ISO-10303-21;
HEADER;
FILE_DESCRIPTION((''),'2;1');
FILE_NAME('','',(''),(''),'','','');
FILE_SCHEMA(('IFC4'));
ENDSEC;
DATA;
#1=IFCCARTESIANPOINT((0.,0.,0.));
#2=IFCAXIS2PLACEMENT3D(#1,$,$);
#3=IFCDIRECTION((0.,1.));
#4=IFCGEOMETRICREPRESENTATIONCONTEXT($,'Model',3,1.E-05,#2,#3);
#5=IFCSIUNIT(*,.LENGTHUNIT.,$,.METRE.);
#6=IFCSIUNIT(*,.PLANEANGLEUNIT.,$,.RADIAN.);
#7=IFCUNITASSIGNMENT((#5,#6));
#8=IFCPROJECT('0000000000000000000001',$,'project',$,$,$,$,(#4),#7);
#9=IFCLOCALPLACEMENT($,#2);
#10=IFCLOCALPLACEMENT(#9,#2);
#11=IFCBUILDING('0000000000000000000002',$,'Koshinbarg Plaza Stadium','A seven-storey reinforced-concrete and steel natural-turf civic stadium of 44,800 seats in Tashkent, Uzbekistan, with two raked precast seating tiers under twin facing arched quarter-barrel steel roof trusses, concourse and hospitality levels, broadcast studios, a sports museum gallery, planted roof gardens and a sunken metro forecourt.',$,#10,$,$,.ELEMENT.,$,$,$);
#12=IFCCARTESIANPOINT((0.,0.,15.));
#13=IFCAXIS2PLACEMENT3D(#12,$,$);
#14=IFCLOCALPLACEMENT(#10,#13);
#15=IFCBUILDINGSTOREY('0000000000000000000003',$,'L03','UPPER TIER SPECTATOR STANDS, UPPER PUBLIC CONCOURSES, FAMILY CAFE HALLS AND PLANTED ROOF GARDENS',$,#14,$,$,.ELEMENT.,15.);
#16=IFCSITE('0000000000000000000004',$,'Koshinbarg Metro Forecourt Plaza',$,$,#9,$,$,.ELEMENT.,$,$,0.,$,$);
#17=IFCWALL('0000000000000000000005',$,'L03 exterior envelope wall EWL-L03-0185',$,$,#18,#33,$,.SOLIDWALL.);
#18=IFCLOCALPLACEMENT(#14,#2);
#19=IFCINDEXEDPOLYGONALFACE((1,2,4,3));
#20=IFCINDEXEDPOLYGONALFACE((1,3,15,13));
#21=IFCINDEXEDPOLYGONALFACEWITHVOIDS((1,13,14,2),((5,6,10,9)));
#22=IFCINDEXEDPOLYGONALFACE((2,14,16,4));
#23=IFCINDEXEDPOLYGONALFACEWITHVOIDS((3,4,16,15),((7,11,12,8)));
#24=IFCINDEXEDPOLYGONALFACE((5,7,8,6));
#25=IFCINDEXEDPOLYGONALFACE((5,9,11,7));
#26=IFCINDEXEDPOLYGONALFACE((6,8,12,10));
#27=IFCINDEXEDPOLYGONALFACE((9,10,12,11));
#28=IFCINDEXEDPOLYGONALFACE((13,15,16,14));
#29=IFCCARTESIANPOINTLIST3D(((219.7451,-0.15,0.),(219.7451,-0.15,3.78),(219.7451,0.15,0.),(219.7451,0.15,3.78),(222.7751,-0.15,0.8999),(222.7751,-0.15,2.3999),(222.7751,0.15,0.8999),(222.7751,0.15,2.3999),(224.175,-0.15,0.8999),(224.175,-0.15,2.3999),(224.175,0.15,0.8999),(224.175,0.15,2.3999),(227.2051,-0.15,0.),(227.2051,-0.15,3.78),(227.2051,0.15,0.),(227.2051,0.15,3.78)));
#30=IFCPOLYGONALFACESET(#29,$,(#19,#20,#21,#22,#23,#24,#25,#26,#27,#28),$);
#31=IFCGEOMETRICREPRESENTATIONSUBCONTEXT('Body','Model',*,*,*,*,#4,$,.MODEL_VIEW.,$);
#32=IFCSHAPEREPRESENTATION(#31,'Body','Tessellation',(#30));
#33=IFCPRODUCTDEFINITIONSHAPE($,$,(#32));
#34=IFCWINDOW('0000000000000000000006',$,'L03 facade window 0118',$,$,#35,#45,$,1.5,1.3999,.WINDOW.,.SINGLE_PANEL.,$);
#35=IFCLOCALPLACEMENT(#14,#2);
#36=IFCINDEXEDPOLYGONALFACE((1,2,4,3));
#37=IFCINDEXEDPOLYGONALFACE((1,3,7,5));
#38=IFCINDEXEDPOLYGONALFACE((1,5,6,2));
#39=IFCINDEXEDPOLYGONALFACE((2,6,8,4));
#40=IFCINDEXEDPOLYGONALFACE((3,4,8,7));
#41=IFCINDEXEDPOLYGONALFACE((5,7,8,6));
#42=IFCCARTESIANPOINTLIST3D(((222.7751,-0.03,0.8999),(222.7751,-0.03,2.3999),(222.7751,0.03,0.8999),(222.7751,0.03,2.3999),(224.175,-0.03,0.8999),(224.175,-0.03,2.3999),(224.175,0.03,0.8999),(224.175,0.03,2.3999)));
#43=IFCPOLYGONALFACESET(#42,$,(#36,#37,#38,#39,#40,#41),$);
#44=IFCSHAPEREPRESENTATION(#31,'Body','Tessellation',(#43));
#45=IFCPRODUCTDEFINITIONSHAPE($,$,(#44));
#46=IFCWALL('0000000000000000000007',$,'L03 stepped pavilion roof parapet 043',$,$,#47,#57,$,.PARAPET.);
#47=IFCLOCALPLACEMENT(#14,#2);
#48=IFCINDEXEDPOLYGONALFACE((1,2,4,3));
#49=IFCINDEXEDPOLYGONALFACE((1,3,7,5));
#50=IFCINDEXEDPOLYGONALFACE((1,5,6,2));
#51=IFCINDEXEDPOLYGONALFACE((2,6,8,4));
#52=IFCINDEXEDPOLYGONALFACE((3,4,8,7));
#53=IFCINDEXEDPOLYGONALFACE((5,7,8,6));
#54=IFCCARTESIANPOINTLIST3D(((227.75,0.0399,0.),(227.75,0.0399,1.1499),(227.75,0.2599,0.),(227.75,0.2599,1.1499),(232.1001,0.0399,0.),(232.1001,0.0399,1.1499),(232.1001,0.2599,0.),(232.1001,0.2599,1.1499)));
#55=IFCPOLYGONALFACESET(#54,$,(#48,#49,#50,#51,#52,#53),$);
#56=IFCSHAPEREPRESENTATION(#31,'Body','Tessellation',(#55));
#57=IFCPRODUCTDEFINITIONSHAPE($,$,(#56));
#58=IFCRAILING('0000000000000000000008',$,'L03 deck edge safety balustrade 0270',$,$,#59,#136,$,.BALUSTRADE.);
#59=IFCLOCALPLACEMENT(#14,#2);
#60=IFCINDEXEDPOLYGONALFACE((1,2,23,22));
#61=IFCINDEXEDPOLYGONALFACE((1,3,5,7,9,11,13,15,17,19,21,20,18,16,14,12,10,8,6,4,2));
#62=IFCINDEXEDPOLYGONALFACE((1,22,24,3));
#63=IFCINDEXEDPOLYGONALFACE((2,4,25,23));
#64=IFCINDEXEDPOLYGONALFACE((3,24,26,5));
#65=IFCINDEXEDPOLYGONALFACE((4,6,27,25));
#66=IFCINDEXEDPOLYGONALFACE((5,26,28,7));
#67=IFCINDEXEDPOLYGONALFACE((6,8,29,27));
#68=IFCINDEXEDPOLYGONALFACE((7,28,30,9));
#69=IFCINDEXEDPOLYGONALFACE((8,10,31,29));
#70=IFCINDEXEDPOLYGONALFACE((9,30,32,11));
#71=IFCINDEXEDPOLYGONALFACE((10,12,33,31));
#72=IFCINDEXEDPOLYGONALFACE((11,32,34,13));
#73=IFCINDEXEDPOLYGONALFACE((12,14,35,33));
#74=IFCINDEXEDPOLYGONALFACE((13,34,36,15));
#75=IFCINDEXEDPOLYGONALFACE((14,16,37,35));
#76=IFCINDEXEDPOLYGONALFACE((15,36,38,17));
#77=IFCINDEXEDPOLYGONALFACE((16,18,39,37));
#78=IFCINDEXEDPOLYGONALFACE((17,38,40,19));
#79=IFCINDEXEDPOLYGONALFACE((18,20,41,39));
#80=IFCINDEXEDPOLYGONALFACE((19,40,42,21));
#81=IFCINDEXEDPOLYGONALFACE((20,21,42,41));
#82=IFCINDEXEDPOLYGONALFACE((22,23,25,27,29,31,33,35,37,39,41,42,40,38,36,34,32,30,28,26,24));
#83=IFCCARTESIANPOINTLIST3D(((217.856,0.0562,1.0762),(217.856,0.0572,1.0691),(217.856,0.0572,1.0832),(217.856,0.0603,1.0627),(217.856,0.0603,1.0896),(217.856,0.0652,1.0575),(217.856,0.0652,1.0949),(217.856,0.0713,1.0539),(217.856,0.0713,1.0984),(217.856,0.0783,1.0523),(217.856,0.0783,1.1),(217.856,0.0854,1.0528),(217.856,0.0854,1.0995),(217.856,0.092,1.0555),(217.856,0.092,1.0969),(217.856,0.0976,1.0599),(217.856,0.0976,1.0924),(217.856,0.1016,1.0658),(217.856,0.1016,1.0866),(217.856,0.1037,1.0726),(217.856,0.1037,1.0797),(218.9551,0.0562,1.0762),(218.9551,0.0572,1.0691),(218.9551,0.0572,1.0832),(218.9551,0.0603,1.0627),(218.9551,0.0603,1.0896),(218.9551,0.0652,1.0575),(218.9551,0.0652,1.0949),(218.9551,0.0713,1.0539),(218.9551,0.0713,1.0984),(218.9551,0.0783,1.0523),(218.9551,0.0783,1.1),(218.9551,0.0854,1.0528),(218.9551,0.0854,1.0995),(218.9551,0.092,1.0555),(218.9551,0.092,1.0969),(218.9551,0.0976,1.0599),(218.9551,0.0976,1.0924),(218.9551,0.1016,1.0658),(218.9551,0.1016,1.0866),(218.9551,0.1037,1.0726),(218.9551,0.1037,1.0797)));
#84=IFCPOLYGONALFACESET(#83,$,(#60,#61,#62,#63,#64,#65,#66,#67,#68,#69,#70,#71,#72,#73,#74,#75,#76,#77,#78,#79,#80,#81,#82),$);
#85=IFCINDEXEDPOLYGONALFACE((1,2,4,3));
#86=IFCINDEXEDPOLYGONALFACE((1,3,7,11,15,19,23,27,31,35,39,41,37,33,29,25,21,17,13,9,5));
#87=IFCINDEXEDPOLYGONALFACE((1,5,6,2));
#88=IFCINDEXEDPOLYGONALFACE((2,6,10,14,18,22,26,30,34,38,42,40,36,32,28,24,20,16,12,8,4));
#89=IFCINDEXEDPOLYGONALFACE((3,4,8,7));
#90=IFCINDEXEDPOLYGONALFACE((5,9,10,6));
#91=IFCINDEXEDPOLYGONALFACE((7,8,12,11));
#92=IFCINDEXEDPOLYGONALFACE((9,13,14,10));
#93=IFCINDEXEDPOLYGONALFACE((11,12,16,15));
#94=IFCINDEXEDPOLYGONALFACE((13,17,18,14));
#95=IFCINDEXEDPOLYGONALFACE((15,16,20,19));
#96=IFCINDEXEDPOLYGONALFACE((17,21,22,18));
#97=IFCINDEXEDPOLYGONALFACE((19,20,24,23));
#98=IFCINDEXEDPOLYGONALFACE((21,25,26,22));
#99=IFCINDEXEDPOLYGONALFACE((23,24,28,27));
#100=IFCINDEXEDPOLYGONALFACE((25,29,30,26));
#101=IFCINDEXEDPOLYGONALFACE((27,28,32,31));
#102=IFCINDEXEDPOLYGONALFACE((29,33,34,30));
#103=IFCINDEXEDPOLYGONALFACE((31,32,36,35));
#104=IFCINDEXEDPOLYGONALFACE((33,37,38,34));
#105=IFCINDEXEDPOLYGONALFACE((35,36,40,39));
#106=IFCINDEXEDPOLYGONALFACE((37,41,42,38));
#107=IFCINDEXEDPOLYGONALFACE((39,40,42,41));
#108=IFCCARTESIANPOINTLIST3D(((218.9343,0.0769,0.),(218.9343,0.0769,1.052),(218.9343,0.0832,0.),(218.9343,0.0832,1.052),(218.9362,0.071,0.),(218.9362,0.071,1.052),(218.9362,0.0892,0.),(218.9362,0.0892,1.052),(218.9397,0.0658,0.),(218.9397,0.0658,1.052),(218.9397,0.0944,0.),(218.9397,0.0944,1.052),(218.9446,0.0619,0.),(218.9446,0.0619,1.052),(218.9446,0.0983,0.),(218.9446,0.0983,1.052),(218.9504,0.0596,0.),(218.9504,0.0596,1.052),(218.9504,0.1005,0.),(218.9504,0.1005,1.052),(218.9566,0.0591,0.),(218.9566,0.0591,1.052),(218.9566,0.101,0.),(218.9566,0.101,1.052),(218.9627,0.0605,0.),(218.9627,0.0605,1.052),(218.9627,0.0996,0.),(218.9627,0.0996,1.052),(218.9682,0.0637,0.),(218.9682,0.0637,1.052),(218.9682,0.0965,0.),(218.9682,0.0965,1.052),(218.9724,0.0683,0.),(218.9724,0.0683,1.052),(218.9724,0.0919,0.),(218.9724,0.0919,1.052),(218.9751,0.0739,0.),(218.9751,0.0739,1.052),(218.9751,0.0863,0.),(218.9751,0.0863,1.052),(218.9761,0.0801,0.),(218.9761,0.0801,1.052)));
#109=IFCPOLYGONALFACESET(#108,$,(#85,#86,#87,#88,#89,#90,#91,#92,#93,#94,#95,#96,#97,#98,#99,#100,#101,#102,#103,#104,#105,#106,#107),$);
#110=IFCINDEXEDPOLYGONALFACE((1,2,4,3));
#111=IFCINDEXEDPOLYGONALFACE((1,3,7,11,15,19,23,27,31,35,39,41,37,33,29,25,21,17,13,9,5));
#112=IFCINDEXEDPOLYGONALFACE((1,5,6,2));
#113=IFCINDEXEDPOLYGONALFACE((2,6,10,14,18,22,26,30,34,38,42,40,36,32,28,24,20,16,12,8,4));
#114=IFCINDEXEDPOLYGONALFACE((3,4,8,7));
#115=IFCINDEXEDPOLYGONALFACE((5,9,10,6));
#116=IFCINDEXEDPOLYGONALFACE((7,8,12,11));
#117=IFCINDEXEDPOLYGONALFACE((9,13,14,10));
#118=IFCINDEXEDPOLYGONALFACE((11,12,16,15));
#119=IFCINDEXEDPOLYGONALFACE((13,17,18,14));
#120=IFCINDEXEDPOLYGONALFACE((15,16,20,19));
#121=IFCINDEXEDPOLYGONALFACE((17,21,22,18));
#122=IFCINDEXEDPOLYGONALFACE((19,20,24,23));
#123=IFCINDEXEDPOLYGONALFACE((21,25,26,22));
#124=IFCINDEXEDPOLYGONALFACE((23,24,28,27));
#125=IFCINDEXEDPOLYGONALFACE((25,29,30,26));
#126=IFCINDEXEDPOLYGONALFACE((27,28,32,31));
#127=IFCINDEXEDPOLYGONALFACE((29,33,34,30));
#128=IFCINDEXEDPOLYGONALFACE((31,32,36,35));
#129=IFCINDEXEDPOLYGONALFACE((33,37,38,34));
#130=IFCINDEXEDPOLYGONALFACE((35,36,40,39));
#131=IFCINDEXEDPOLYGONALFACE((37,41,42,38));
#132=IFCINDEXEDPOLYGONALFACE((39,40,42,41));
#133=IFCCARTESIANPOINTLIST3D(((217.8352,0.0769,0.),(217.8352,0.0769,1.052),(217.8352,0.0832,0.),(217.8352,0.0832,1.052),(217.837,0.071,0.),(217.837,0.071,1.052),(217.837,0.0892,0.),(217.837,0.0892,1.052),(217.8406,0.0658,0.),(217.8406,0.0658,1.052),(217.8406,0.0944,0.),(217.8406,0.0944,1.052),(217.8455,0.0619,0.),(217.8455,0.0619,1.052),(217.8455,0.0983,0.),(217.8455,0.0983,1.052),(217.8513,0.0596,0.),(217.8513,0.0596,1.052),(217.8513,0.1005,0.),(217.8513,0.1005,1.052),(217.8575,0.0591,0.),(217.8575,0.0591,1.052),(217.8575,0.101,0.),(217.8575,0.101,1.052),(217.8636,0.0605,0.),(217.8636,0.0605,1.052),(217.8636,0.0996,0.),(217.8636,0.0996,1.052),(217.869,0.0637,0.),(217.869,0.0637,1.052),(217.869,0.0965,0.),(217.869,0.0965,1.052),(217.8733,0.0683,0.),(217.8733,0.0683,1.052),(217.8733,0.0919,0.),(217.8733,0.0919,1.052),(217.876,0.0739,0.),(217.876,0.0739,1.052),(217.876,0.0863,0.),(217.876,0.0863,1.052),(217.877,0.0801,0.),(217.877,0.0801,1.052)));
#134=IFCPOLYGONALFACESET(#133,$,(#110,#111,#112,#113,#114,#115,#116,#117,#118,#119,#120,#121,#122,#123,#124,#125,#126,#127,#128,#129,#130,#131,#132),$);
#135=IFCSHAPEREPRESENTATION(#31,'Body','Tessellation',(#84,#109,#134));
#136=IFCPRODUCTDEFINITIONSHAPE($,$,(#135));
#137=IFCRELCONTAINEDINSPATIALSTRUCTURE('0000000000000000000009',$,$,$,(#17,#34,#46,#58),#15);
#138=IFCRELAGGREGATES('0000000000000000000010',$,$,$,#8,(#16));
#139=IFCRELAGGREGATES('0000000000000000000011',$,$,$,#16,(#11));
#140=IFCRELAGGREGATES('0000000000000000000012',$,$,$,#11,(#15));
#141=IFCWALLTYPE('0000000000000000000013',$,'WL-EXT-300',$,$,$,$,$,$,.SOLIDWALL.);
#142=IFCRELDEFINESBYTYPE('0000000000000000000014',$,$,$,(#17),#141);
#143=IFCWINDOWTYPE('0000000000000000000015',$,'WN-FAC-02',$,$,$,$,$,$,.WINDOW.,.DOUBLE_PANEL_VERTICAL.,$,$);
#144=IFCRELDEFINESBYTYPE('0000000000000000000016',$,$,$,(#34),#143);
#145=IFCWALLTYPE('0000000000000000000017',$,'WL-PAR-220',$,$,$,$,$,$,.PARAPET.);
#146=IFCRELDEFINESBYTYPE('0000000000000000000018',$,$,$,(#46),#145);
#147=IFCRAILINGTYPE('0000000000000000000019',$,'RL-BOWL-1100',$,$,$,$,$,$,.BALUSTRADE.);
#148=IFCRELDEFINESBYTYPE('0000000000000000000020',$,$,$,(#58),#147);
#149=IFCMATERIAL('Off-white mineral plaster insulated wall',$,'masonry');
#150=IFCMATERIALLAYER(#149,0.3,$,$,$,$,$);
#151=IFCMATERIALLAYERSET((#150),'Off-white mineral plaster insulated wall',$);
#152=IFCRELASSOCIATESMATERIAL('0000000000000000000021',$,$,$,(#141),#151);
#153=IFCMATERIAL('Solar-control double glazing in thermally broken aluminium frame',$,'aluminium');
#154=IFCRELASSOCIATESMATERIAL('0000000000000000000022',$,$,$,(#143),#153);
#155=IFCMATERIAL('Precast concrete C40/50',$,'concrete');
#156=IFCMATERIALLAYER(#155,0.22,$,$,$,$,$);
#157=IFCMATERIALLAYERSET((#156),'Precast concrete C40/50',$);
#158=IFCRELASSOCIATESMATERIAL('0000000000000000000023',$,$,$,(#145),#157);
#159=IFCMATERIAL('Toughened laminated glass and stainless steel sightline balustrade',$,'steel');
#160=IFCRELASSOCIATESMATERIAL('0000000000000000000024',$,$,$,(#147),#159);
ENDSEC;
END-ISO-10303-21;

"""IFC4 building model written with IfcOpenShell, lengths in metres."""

from ifc_helpers import new_model, si_unit, direction, frame, frame_2d, origin, origin_2d, place, context, subcontext, project, spatial, rectangle, circle, extrude, material, layer, layer_set, type_object, element, fill, save


model = new_model("IFC4")

# Units and contexts
model_context = context("Model", 3, precision=1e-05, world=origin(), true_north=direction((0.0, 1.0)))
body_context = subcontext(model_context, "Body", "Model", "MODEL_VIEW")
ifc_project = project(units=[si_unit("LENGTHUNIT", "METRE"), si_unit("PLANEANGLEUNIT", "RADIAN")], contexts=[model_context])

# Site, building, storey
site_placement = place(None, origin())
site = spatial("IfcSite", under=ifc_project, at=site_placement, Name="Koshinbarg Metro Forecourt Plaza", CompositionType="ELEMENT", RefElevation=0.0)
building_placement = place(site_placement, origin())
building = spatial("IfcBuilding", under=site, at=building_placement, Name="Koshinbarg Plaza Stadium", Description="A seven-storey reinforced-concrete and steel natural-turf civic stadium of 44,800 seats in Tashkent, Uzbekistan, with two raked precast seating tiers under twin facing arched quarter-barrel steel roof trusses, concourse and hospitality levels, broadcast studios, a sports museum gallery, planted roof gardens and a sunken metro forecourt.", CompositionType="ELEMENT")
storey_placement = place(building_placement, frame((0.0, 0.0, 15.0)))
storey = spatial("IfcBuildingStorey", under=building, at=storey_placement, Name="L03", Description="UPPER TIER SPECTATOR STANDS, UPPER PUBLIC CONCOURSES, FAMILY CAFE HALLS AND PLANTED ROOF GARDENS", CompositionType="ELEMENT", Elevation=15.0)

# Wall, opening, window
ifc_material_1 = material(Name="Off-white mineral plaster insulated wall", Category="masonry")
ifc_layer_1 = layer(ifc_material_1, 0.3)
ifc_layer_set_1 = layer_set([ifc_layer_1], Name="Off-white mineral plaster insulated wall")
wall_type_1 = type_object("IfcWallType", Name="WL-EXT-300", PredefinedType="SOLIDWALL", material=ifc_layer_set_1)
wall_1_placement = place(storey_placement, frame((227.2051, 0.0, 0.0), z_axis=(0.0, 0.0, 1.0), x_axis=(-1.0, 0.0, 0.0)))
wall_1 = element("IfcWall", 1, at=wall_1_placement, inside=storey, type_object=wall_type_1, Name="L03 exterior envelope wall EWL-L03-0185", PredefinedType="SOLIDWALL", context=body_context, shape_type="SweptSolid", body=[
    extrude(rectangle(XDim=7.46, YDim=0.3, at=frame_2d((3.73, 0.0))), origin(), (0.0, 0.0, 1.0), 3.78),
])
opening_placement = place(wall_1_placement, frame((3.03, 0.0, 0.8999)))
opening = element("IfcOpeningElement", 2, at=opening_placement, cuts=wall_1, PredefinedType="OPENING", context=body_context, shape_type="SweptSolid", body=[
    extrude(rectangle(XDim=1.3999, YDim=1.5, at=frame_2d((0.7, 0.75))), frame((0.0, 0.1599, 0.0), z_axis=(0.0, -1.0, 0.0), x_axis=(1.0, 0.0, 0.0)), (0.0, 0.0, 1.0), 0.3201),
])
ifc_material_2 = material(Name="Solar-control double glazing in thermally broken aluminium frame", Category="aluminium")
window_type = type_object("IfcWindowType", Name="WN-FAC-02", PartitioningType="DOUBLE_PANEL_VERTICAL", PredefinedType="WINDOW", material=ifc_material_2)
window_placement = place(opening_placement, origin())
window = element("IfcWindow", 3, at=window_placement, inside=storey, type_object=window_type, Name="L03 facade window 0118", OverallHeight=1.5, OverallWidth=1.3999, PartitioningType="SINGLE_PANEL", PredefinedType="WINDOW", context=body_context, shape_type="SweptSolid", body=[
    extrude(rectangle(XDim=1.3999, YDim=1.5, at=frame_2d((0.7, 0.75))), frame((0.0, 0.03, 0.0), z_axis=(0.0, -1.0, 0.0), x_axis=(1.0, 0.0, 0.0)), (0.0, 0.0, 1.0), 0.0601),
])
fill(opening, window)

# Wall
ifc_material_3 = material(Name="Precast concrete C40/50", Category="concrete")
ifc_layer_2 = layer(ifc_material_3, 0.22)
ifc_layer_set_2 = layer_set([ifc_layer_2], Name="Precast concrete C40/50")
wall_type_2 = type_object("IfcWallType", Name="WL-PAR-220", PredefinedType="PARAPET", material=ifc_layer_set_2)
wall_2_placement = place(storey_placement, frame((232.1001, 0.1499, 0.0), z_axis=(0.0, 0.0, 1.0), x_axis=(-1.0, 0.0, 0.0)))
element("IfcWall", 4, at=wall_2_placement, inside=storey, type_object=wall_type_2, Name="L03 stepped pavilion roof parapet 043", PredefinedType="PARAPET", context=body_context, shape_type="SweptSolid", body=[
    extrude(rectangle(XDim=4.3501, YDim=0.22, at=frame_2d((2.175, 0.0))), origin(), (0.0, 0.0, 1.0), 1.1499),
])

# Railing
ifc_material_4 = material(Name="Toughened laminated glass and stainless steel sightline balustrade", Category="steel")
railing_type = type_object("IfcRailingType", Name="RL-BOWL-1100", PredefinedType="BALUSTRADE", material=ifc_material_4)
railing_1_placement = place(storey_placement, frame((218.9551, 0.0801, 0.0)))
element("IfcRailing", 5, at=railing_1_placement, inside=storey, type_object=railing_type, Name="L03 deck edge safety balustrade 0270", PredefinedType="BALUSTRADE", context=body_context, shape_type="SweptSolid", body=[
    extrude(circle(Radius=0.0239, at=origin_2d()), frame((0.0, 0.0, 1.0762), z_axis=(-1.0, 0.0, 0.0), x_axis=(0.0, -1.0, 0.0)), (0.0, 0.0, 1.0), 1.0991),
    extrude(circle(Radius=0.021, at=origin_2d()), origin(), (0.0, 0.0, 1.0), 1.052),
    extrude(circle(Radius=0.021, at=origin_2d()), frame((-1.0991, 0.0, 0.0)), (0.0, 0.0, 1.0), 1.052),
])

save(model, "model.ifc")
